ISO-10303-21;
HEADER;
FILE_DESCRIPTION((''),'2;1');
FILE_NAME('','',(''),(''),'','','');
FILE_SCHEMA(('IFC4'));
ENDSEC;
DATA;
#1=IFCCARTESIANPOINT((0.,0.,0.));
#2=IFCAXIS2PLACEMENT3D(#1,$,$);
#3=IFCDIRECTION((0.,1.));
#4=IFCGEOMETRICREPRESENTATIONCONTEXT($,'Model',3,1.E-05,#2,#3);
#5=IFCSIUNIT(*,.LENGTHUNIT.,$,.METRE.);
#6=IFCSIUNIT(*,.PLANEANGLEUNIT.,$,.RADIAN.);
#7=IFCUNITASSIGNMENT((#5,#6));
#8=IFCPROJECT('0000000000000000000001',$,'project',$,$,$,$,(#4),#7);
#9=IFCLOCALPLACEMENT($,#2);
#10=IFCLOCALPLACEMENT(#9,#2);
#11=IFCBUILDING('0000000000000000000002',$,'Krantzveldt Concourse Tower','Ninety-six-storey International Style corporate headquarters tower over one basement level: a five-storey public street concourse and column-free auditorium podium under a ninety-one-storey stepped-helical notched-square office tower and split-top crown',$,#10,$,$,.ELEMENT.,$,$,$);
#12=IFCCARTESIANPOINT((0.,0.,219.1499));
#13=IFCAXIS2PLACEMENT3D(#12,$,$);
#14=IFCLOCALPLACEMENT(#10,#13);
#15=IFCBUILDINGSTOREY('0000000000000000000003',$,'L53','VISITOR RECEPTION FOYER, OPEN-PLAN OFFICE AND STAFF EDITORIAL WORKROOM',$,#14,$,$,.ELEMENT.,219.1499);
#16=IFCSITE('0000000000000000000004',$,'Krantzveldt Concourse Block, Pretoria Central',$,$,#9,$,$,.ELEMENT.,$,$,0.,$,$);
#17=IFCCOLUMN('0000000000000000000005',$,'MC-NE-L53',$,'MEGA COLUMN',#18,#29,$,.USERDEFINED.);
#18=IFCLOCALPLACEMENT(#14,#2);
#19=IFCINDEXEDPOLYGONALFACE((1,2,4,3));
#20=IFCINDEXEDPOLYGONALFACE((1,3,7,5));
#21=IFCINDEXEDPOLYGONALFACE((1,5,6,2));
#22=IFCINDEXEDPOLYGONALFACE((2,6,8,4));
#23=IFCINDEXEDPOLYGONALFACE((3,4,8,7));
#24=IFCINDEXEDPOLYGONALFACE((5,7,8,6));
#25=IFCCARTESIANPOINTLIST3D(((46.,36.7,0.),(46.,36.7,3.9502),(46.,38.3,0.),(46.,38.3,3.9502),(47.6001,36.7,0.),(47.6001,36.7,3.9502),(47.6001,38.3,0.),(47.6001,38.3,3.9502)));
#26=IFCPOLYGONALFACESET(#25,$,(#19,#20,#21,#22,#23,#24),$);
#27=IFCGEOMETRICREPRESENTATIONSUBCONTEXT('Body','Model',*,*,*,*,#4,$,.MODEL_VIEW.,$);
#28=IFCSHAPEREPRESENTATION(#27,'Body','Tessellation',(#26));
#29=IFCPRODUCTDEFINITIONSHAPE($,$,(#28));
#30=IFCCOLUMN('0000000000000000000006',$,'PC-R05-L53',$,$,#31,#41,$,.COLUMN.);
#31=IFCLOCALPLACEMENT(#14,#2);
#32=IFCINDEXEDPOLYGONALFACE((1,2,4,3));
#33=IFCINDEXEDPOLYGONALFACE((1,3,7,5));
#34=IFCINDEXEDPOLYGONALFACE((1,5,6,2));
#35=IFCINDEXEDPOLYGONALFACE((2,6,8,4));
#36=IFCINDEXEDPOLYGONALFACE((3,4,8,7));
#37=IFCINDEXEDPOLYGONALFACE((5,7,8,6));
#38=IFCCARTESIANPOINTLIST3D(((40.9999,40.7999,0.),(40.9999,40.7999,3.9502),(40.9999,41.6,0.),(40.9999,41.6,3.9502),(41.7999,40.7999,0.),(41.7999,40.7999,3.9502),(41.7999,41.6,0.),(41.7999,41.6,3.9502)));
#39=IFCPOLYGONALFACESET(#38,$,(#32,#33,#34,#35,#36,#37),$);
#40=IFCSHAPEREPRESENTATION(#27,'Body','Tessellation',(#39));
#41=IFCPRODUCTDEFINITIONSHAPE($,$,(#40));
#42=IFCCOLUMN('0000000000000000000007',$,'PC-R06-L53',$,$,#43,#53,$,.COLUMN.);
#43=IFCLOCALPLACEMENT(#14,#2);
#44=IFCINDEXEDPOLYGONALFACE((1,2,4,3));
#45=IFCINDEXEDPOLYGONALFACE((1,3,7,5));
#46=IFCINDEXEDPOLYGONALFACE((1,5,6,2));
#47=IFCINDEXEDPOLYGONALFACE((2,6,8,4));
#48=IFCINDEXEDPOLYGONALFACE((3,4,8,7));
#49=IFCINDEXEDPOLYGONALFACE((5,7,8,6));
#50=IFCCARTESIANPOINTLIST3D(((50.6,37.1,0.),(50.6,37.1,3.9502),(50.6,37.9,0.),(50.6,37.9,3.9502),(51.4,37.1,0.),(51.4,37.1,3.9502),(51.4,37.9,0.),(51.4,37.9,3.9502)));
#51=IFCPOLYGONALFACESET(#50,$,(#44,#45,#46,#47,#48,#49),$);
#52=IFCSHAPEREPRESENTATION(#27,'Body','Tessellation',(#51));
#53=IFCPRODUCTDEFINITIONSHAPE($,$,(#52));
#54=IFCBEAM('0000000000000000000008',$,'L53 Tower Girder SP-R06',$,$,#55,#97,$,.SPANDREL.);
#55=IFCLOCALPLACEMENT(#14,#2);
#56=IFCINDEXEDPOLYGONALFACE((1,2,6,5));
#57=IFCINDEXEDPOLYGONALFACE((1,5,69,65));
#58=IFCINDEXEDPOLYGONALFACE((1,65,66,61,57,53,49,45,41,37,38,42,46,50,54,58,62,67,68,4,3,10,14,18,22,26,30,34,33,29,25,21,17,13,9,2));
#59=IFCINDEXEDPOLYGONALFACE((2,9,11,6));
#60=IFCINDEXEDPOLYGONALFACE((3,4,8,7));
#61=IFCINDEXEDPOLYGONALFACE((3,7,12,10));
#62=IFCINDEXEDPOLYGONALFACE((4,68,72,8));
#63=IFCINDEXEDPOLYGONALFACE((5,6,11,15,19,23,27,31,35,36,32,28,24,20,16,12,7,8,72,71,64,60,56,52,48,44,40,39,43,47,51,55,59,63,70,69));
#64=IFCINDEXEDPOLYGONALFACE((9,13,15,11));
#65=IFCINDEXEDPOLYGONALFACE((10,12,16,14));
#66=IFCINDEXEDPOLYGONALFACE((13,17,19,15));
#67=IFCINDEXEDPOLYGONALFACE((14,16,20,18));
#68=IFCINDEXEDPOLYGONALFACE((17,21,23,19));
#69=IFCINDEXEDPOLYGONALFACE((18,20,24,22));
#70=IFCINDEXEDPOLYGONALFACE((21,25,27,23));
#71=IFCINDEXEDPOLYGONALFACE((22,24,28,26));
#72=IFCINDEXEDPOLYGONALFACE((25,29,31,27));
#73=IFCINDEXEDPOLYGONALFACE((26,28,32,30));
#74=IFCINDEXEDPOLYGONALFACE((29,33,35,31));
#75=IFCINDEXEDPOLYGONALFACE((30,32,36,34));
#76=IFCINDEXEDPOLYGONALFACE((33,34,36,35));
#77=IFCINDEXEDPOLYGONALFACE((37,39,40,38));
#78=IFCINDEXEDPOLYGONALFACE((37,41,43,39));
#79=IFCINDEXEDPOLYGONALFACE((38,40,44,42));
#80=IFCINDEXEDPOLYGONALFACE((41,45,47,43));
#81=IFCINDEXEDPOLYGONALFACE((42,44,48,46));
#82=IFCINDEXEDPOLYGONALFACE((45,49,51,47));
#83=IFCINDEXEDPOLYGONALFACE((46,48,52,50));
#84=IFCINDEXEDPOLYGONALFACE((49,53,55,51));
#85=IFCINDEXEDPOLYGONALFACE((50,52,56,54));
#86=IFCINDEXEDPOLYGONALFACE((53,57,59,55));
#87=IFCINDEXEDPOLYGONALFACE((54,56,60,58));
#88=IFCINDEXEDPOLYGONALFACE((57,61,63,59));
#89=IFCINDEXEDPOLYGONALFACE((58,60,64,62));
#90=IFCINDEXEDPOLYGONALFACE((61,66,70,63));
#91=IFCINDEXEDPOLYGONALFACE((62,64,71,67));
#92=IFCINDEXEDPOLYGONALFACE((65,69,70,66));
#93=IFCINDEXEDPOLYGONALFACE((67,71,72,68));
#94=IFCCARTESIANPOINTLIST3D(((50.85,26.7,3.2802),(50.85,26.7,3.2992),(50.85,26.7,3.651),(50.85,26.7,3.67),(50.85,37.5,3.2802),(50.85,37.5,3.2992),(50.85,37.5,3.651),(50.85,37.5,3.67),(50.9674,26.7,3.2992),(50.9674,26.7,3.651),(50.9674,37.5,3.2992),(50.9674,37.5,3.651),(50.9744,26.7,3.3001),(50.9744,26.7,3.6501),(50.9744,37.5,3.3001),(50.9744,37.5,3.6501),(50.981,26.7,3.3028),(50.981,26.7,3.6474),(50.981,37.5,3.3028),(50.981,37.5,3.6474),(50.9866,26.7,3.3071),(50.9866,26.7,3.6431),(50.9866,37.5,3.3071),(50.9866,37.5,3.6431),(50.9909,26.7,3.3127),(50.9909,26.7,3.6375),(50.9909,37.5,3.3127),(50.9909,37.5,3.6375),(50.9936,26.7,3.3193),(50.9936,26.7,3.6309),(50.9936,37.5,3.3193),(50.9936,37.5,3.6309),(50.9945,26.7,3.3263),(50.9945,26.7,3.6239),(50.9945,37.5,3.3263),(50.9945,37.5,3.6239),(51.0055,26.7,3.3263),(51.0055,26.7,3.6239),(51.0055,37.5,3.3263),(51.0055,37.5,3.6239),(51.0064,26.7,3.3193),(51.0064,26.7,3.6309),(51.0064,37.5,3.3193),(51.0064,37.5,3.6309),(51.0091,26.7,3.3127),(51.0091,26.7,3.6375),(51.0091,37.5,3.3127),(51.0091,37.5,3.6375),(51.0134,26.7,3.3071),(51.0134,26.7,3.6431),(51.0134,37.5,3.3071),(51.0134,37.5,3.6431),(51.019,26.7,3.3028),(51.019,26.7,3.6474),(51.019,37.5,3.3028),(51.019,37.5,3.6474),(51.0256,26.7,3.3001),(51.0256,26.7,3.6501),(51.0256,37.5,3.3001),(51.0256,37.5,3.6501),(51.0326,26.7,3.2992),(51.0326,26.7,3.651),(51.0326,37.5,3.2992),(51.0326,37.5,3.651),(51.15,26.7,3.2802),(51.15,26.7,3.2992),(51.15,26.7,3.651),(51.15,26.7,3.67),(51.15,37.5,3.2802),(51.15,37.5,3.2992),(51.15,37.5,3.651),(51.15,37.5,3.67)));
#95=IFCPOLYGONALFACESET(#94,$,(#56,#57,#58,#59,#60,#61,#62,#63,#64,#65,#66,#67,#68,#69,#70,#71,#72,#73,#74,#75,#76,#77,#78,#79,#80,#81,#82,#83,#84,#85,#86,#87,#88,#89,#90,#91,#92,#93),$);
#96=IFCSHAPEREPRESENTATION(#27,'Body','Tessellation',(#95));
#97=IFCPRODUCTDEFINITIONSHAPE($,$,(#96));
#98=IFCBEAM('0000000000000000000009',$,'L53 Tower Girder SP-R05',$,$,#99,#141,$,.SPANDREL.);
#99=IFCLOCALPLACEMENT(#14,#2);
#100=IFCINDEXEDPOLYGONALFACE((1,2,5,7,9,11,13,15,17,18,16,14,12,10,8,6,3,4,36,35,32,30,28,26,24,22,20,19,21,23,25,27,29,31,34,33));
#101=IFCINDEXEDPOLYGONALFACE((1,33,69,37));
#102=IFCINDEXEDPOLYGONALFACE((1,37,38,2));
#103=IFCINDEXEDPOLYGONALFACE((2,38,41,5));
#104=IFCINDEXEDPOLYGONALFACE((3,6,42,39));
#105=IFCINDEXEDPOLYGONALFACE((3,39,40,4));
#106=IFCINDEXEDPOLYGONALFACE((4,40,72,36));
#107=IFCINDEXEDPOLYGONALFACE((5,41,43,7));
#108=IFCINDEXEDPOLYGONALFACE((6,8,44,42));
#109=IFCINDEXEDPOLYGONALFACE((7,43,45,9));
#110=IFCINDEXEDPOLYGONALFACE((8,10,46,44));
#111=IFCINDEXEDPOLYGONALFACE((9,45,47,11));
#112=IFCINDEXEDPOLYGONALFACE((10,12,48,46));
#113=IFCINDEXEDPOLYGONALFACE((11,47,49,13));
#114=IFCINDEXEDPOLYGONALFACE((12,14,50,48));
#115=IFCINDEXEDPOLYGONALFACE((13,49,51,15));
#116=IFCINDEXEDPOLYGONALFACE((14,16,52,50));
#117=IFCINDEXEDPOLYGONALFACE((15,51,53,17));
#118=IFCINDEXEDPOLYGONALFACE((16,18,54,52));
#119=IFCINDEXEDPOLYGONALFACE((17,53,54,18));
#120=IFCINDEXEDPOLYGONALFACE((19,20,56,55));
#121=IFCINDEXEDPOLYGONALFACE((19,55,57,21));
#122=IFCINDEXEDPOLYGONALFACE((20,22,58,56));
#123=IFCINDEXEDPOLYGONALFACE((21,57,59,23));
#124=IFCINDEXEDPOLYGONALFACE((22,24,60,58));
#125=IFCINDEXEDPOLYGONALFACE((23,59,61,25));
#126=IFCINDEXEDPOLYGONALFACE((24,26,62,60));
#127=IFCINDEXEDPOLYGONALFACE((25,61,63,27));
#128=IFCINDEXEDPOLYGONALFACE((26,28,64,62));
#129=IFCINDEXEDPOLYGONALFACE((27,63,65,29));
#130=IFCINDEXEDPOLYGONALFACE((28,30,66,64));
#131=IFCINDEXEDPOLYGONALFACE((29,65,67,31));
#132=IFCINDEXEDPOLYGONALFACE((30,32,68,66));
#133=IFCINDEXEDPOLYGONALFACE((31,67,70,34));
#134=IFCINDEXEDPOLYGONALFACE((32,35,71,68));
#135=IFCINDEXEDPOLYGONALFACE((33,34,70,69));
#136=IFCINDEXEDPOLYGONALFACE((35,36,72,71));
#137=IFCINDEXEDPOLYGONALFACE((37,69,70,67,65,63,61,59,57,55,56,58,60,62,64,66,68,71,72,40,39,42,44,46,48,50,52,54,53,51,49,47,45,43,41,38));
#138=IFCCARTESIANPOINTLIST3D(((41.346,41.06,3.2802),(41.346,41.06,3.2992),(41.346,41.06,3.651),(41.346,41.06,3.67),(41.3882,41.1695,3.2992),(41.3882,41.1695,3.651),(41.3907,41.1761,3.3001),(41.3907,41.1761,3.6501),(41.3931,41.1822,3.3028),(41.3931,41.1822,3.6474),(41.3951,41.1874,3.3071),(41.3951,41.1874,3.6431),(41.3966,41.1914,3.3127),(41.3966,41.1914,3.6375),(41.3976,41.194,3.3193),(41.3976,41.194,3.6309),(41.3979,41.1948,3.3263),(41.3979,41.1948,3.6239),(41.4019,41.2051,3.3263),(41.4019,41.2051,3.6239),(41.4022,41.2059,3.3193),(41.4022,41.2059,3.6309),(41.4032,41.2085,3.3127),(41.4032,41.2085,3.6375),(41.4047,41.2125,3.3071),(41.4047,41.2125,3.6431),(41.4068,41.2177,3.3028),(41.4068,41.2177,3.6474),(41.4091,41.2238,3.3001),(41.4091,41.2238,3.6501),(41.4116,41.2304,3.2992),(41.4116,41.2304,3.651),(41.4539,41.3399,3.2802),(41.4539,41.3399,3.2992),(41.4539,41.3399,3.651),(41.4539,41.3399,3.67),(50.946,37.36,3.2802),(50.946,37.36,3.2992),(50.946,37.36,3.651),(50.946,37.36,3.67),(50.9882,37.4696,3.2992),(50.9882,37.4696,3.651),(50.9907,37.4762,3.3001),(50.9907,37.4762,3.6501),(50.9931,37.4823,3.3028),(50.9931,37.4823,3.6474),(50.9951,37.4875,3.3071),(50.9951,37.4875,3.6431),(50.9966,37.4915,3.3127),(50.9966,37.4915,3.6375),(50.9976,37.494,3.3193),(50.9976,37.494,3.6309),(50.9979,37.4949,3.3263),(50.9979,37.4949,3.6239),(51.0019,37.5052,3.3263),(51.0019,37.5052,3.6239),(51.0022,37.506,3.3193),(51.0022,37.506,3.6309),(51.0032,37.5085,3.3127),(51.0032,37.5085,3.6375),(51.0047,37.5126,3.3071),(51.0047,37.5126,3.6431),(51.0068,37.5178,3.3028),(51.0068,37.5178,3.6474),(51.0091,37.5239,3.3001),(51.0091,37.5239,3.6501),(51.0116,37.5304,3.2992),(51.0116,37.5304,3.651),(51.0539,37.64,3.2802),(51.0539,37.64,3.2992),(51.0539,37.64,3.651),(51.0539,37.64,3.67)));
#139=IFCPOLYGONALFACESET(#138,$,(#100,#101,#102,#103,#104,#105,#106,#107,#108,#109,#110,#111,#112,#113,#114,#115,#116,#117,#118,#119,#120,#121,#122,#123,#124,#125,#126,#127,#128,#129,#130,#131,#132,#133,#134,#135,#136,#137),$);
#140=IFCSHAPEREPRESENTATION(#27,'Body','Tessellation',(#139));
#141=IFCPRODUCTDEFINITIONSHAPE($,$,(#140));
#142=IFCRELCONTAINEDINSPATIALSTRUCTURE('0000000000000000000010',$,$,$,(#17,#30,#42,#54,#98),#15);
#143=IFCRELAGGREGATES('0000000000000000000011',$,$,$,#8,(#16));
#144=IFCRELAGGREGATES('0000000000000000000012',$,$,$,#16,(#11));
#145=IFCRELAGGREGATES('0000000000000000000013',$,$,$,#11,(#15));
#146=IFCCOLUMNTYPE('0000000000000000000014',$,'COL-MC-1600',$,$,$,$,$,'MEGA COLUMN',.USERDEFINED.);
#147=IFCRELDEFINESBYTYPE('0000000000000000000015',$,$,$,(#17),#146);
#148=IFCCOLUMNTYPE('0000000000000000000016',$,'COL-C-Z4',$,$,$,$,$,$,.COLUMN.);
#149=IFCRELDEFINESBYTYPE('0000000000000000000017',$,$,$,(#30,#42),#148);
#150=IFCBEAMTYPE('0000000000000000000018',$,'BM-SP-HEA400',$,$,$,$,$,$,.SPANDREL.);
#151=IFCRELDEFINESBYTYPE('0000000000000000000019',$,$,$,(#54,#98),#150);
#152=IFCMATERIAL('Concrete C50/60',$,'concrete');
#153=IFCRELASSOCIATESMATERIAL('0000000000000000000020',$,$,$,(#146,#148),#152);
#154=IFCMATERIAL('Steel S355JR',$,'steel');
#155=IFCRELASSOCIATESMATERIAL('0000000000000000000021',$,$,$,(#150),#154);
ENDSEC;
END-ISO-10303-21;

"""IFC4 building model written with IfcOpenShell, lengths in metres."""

from ifc_helpers import new_model, si_unit, direction, frame, origin, origin_2d, place, context, subcontext, project, spatial, rectangle, i_section, extrude, source, transform, mapped, material, material_profile, profile_set, type_object, type_shapes, element, save


model = new_model("IFC4")

# Units and contexts
model_context = context("Model", 3, precision=1e-05, world=origin(), true_north=direction((0.0, 1.0)))
body_context = subcontext(model_context, "Body", "Model", "MODEL_VIEW")
ifc_project = project(units=[si_unit("LENGTHUNIT", "METRE"), si_unit("PLANEANGLEUNIT", "RADIAN")], contexts=[model_context])

# Site, building, storey
site_placement = place(None, origin())
site = spatial("IfcSite", under=ifc_project, at=site_placement, Name="Krantzveldt Concourse Block, Pretoria Central", CompositionType="ELEMENT", RefElevation=0.0)
building_placement = place(site_placement, origin())
building = spatial("IfcBuilding", under=site, at=building_placement, Name="Krantzveldt Concourse Tower", Description="Ninety-six-storey International Style corporate headquarters tower over one basement level: a five-storey public street concourse and column-free auditorium podium under a ninety-one-storey stepped-helical notched-square office tower and split-top crown", CompositionType="ELEMENT")
storey_placement = place(building_placement, frame((0.0, 0.0, 219.1499)))
storey = spatial("IfcBuildingStorey", under=building, at=storey_placement, Name="L53", Description="VISITOR RECEPTION FOYER, OPEN-PLAN OFFICE AND STAFF EDITORIAL WORKROOM", CompositionType="ELEMENT", Elevation=219.1499)

# Columns
ifc_material_1 = material(Name="Concrete C50/60", Category="concrete")
ifc_material_profile_1 = material_profile(ifc_material_1, rectangle(XDim=1.6001, YDim=1.6001, at=origin_2d()), Name="Concrete C50/60", Category="concrete")
ifc_profile_set_1 = profile_set([ifc_material_profile_1], Name="Concrete C50/60 - RC 1600x1600")
column_type_1 = type_object("IfcColumnType", Name="COL-MC-1600", ElementType="MEGA COLUMN", PredefinedType="USERDEFINED", material=ifc_profile_set_1)
shared_shape_1 = source(origin(), body_context, "Body", "SweptSolid", [
    extrude(rectangle(XDim=1.6001, YDim=1.6001, at=origin_2d()), origin(), (0.0, 0.0, 1.0), 3.9502),
])
type_shapes(column_type_1, [shared_shape_1])
column_placement = place(storey_placement, frame((46.8, 37.5, 0.0), z_axis=(0.0, 0.0, 1.0), x_axis=(1.0, 0.0, 0.0)))
element("IfcColumn", 1, at=column_placement, inside=storey, type_object=column_type_1, Name="MC-NE-L53", ObjectType="MEGA COLUMN", PredefinedType="USERDEFINED", context=body_context, shape_type="MappedRepresentation", body=[
    mapped(shared_shape_1, transform((0.0, 0.0, 0.0), x_axis=(1.0, 0.0, 0.0), y_axis=(0.0, 1.0, 0.0), z_axis=(0.0, 0.0, 1.0), scale=1.0)),
])
ifc_material_profile_2 = material_profile(ifc_material_1, rectangle(XDim=0.8, YDim=0.8, at=origin_2d()), Name="Concrete C50/60", Category="concrete")
ifc_profile_set_2 = profile_set([ifc_material_profile_2], Name="Concrete C50/60 - RC 800x800")
column_type_2 = type_object("IfcColumnType", Name="COL-C-Z4", PredefinedType="COLUMN", material=ifc_profile_set_2)
shared_shape_2 = source(origin(), body_context, "Body", "SweptSolid", [
    extrude(rectangle(XDim=0.8, YDim=0.8, at=origin_2d()), origin(), (0.0, 0.0, 1.0), 3.9502),
])
type_shapes(column_type_2, [shared_shape_2])
for number, where, z_axis, x_axis, name in (
    (2, (41.3999, 41.2, 0.0), (0.0, 0.0, 1.0), (1.0, 0.0, 0.0), "PC-R05-L53"),
    (3, (51.0, 37.5, 0.0), (0.0, 0.0, 1.0), (1.0, 0.0, 0.0), "PC-R06-L53"),
):
    element("IfcColumn", number, at=place(storey_placement, frame(where, z_axis=z_axis, x_axis=x_axis)), inside=storey, type_object=column_type_2, Name=name, PredefinedType="COLUMN", context=body_context, shape_type="MappedRepresentation", body=[
        mapped(shared_shape_2, transform((0.0, 0.0, 0.0), x_axis=(1.0, 0.0, 0.0), y_axis=(0.0, 1.0, 0.0), z_axis=(0.0, 0.0, 1.0), scale=1.0)),
    ])

# Beams
ifc_material_2 = material(Name="Steel S355JR", Category="steel")
ifc_material_profile_3 = material_profile(ifc_material_2, i_section(OverallWidth=0.3, OverallDepth=0.3899, WebThickness=0.011, FlangeThickness=0.019, FilletRadius=0.0271, at=origin_2d()), Name="Steel S355JR", Category="steel")
ifc_profile_set_3 = profile_set([ifc_material_profile_3], Name="Steel S355JR - HEA 400")
beam_type_1 = type_object("IfcBeamType", Name="BM-SP-HEA400", PredefinedType="SPANDREL", material=ifc_profile_set_3)
shared_shape_3 = source(origin(), body_context, "Body", "SweptSolid", [
    extrude(i_section(OverallWidth=0.3, OverallDepth=0.3899, WebThickness=0.011, FlangeThickness=0.019, FilletRadius=0.0271, at=origin_2d()), origin(), (0.0, 0.0, 1.0), 10.8),
])
beam_1_placement = place(storey_placement, frame((51.0, 37.5, 3.4751), z_axis=(0.0, -1.0, 0.0), x_axis=(1.0, 0.0, 0.0)))
element("IfcBeam", 4, at=beam_1_placement, inside=storey, type_object=beam_type_1, Name="L53 Tower Girder SP-R06", PredefinedType="SPANDREL", context=body_context, shape_type="MappedRepresentation", body=[
    mapped(shared_shape_3, transform((0.0, 0.0, 0.0), x_axis=(1.0, 0.0, 0.0), y_axis=(0.0, 1.0, 0.0), z_axis=(0.0, 0.0, 1.0), scale=1.0)),
])
shared_shape_4 = source(origin(), body_context, "Body", "SweptSolid", [
    extrude(i_section(OverallWidth=0.3, OverallDepth=0.3899, WebThickness=0.011, FlangeThickness=0.019, FilletRadius=0.0271, at=origin_2d()), origin(), (0.0, 0.0, 1.0), 10.2883),
])
type_shapes(beam_type_1, [shared_shape_3, shared_shape_4])
beam_2_placement = place(storey_placement, frame((41.3999, 41.2, 3.4751), z_axis=(0.933098, -0.359623, 0.0), x_axis=(0.359623, 0.933098, 0.0)))
element("IfcBeam", 5, at=beam_2_placement, inside=storey, type_object=beam_type_1, Name="L53 Tower Girder SP-R05", PredefinedType="SPANDREL", context=body_context, shape_type="MappedRepresentation", body=[
    mapped(shared_shape_4, transform((0.0, 0.0, 0.0), x_axis=(1.0, 0.0, 0.0), y_axis=(0.0, 1.0, 0.0), z_axis=(0.0, 0.0, 1.0), scale=1.0)),
])

save(model, "model.ifc")
